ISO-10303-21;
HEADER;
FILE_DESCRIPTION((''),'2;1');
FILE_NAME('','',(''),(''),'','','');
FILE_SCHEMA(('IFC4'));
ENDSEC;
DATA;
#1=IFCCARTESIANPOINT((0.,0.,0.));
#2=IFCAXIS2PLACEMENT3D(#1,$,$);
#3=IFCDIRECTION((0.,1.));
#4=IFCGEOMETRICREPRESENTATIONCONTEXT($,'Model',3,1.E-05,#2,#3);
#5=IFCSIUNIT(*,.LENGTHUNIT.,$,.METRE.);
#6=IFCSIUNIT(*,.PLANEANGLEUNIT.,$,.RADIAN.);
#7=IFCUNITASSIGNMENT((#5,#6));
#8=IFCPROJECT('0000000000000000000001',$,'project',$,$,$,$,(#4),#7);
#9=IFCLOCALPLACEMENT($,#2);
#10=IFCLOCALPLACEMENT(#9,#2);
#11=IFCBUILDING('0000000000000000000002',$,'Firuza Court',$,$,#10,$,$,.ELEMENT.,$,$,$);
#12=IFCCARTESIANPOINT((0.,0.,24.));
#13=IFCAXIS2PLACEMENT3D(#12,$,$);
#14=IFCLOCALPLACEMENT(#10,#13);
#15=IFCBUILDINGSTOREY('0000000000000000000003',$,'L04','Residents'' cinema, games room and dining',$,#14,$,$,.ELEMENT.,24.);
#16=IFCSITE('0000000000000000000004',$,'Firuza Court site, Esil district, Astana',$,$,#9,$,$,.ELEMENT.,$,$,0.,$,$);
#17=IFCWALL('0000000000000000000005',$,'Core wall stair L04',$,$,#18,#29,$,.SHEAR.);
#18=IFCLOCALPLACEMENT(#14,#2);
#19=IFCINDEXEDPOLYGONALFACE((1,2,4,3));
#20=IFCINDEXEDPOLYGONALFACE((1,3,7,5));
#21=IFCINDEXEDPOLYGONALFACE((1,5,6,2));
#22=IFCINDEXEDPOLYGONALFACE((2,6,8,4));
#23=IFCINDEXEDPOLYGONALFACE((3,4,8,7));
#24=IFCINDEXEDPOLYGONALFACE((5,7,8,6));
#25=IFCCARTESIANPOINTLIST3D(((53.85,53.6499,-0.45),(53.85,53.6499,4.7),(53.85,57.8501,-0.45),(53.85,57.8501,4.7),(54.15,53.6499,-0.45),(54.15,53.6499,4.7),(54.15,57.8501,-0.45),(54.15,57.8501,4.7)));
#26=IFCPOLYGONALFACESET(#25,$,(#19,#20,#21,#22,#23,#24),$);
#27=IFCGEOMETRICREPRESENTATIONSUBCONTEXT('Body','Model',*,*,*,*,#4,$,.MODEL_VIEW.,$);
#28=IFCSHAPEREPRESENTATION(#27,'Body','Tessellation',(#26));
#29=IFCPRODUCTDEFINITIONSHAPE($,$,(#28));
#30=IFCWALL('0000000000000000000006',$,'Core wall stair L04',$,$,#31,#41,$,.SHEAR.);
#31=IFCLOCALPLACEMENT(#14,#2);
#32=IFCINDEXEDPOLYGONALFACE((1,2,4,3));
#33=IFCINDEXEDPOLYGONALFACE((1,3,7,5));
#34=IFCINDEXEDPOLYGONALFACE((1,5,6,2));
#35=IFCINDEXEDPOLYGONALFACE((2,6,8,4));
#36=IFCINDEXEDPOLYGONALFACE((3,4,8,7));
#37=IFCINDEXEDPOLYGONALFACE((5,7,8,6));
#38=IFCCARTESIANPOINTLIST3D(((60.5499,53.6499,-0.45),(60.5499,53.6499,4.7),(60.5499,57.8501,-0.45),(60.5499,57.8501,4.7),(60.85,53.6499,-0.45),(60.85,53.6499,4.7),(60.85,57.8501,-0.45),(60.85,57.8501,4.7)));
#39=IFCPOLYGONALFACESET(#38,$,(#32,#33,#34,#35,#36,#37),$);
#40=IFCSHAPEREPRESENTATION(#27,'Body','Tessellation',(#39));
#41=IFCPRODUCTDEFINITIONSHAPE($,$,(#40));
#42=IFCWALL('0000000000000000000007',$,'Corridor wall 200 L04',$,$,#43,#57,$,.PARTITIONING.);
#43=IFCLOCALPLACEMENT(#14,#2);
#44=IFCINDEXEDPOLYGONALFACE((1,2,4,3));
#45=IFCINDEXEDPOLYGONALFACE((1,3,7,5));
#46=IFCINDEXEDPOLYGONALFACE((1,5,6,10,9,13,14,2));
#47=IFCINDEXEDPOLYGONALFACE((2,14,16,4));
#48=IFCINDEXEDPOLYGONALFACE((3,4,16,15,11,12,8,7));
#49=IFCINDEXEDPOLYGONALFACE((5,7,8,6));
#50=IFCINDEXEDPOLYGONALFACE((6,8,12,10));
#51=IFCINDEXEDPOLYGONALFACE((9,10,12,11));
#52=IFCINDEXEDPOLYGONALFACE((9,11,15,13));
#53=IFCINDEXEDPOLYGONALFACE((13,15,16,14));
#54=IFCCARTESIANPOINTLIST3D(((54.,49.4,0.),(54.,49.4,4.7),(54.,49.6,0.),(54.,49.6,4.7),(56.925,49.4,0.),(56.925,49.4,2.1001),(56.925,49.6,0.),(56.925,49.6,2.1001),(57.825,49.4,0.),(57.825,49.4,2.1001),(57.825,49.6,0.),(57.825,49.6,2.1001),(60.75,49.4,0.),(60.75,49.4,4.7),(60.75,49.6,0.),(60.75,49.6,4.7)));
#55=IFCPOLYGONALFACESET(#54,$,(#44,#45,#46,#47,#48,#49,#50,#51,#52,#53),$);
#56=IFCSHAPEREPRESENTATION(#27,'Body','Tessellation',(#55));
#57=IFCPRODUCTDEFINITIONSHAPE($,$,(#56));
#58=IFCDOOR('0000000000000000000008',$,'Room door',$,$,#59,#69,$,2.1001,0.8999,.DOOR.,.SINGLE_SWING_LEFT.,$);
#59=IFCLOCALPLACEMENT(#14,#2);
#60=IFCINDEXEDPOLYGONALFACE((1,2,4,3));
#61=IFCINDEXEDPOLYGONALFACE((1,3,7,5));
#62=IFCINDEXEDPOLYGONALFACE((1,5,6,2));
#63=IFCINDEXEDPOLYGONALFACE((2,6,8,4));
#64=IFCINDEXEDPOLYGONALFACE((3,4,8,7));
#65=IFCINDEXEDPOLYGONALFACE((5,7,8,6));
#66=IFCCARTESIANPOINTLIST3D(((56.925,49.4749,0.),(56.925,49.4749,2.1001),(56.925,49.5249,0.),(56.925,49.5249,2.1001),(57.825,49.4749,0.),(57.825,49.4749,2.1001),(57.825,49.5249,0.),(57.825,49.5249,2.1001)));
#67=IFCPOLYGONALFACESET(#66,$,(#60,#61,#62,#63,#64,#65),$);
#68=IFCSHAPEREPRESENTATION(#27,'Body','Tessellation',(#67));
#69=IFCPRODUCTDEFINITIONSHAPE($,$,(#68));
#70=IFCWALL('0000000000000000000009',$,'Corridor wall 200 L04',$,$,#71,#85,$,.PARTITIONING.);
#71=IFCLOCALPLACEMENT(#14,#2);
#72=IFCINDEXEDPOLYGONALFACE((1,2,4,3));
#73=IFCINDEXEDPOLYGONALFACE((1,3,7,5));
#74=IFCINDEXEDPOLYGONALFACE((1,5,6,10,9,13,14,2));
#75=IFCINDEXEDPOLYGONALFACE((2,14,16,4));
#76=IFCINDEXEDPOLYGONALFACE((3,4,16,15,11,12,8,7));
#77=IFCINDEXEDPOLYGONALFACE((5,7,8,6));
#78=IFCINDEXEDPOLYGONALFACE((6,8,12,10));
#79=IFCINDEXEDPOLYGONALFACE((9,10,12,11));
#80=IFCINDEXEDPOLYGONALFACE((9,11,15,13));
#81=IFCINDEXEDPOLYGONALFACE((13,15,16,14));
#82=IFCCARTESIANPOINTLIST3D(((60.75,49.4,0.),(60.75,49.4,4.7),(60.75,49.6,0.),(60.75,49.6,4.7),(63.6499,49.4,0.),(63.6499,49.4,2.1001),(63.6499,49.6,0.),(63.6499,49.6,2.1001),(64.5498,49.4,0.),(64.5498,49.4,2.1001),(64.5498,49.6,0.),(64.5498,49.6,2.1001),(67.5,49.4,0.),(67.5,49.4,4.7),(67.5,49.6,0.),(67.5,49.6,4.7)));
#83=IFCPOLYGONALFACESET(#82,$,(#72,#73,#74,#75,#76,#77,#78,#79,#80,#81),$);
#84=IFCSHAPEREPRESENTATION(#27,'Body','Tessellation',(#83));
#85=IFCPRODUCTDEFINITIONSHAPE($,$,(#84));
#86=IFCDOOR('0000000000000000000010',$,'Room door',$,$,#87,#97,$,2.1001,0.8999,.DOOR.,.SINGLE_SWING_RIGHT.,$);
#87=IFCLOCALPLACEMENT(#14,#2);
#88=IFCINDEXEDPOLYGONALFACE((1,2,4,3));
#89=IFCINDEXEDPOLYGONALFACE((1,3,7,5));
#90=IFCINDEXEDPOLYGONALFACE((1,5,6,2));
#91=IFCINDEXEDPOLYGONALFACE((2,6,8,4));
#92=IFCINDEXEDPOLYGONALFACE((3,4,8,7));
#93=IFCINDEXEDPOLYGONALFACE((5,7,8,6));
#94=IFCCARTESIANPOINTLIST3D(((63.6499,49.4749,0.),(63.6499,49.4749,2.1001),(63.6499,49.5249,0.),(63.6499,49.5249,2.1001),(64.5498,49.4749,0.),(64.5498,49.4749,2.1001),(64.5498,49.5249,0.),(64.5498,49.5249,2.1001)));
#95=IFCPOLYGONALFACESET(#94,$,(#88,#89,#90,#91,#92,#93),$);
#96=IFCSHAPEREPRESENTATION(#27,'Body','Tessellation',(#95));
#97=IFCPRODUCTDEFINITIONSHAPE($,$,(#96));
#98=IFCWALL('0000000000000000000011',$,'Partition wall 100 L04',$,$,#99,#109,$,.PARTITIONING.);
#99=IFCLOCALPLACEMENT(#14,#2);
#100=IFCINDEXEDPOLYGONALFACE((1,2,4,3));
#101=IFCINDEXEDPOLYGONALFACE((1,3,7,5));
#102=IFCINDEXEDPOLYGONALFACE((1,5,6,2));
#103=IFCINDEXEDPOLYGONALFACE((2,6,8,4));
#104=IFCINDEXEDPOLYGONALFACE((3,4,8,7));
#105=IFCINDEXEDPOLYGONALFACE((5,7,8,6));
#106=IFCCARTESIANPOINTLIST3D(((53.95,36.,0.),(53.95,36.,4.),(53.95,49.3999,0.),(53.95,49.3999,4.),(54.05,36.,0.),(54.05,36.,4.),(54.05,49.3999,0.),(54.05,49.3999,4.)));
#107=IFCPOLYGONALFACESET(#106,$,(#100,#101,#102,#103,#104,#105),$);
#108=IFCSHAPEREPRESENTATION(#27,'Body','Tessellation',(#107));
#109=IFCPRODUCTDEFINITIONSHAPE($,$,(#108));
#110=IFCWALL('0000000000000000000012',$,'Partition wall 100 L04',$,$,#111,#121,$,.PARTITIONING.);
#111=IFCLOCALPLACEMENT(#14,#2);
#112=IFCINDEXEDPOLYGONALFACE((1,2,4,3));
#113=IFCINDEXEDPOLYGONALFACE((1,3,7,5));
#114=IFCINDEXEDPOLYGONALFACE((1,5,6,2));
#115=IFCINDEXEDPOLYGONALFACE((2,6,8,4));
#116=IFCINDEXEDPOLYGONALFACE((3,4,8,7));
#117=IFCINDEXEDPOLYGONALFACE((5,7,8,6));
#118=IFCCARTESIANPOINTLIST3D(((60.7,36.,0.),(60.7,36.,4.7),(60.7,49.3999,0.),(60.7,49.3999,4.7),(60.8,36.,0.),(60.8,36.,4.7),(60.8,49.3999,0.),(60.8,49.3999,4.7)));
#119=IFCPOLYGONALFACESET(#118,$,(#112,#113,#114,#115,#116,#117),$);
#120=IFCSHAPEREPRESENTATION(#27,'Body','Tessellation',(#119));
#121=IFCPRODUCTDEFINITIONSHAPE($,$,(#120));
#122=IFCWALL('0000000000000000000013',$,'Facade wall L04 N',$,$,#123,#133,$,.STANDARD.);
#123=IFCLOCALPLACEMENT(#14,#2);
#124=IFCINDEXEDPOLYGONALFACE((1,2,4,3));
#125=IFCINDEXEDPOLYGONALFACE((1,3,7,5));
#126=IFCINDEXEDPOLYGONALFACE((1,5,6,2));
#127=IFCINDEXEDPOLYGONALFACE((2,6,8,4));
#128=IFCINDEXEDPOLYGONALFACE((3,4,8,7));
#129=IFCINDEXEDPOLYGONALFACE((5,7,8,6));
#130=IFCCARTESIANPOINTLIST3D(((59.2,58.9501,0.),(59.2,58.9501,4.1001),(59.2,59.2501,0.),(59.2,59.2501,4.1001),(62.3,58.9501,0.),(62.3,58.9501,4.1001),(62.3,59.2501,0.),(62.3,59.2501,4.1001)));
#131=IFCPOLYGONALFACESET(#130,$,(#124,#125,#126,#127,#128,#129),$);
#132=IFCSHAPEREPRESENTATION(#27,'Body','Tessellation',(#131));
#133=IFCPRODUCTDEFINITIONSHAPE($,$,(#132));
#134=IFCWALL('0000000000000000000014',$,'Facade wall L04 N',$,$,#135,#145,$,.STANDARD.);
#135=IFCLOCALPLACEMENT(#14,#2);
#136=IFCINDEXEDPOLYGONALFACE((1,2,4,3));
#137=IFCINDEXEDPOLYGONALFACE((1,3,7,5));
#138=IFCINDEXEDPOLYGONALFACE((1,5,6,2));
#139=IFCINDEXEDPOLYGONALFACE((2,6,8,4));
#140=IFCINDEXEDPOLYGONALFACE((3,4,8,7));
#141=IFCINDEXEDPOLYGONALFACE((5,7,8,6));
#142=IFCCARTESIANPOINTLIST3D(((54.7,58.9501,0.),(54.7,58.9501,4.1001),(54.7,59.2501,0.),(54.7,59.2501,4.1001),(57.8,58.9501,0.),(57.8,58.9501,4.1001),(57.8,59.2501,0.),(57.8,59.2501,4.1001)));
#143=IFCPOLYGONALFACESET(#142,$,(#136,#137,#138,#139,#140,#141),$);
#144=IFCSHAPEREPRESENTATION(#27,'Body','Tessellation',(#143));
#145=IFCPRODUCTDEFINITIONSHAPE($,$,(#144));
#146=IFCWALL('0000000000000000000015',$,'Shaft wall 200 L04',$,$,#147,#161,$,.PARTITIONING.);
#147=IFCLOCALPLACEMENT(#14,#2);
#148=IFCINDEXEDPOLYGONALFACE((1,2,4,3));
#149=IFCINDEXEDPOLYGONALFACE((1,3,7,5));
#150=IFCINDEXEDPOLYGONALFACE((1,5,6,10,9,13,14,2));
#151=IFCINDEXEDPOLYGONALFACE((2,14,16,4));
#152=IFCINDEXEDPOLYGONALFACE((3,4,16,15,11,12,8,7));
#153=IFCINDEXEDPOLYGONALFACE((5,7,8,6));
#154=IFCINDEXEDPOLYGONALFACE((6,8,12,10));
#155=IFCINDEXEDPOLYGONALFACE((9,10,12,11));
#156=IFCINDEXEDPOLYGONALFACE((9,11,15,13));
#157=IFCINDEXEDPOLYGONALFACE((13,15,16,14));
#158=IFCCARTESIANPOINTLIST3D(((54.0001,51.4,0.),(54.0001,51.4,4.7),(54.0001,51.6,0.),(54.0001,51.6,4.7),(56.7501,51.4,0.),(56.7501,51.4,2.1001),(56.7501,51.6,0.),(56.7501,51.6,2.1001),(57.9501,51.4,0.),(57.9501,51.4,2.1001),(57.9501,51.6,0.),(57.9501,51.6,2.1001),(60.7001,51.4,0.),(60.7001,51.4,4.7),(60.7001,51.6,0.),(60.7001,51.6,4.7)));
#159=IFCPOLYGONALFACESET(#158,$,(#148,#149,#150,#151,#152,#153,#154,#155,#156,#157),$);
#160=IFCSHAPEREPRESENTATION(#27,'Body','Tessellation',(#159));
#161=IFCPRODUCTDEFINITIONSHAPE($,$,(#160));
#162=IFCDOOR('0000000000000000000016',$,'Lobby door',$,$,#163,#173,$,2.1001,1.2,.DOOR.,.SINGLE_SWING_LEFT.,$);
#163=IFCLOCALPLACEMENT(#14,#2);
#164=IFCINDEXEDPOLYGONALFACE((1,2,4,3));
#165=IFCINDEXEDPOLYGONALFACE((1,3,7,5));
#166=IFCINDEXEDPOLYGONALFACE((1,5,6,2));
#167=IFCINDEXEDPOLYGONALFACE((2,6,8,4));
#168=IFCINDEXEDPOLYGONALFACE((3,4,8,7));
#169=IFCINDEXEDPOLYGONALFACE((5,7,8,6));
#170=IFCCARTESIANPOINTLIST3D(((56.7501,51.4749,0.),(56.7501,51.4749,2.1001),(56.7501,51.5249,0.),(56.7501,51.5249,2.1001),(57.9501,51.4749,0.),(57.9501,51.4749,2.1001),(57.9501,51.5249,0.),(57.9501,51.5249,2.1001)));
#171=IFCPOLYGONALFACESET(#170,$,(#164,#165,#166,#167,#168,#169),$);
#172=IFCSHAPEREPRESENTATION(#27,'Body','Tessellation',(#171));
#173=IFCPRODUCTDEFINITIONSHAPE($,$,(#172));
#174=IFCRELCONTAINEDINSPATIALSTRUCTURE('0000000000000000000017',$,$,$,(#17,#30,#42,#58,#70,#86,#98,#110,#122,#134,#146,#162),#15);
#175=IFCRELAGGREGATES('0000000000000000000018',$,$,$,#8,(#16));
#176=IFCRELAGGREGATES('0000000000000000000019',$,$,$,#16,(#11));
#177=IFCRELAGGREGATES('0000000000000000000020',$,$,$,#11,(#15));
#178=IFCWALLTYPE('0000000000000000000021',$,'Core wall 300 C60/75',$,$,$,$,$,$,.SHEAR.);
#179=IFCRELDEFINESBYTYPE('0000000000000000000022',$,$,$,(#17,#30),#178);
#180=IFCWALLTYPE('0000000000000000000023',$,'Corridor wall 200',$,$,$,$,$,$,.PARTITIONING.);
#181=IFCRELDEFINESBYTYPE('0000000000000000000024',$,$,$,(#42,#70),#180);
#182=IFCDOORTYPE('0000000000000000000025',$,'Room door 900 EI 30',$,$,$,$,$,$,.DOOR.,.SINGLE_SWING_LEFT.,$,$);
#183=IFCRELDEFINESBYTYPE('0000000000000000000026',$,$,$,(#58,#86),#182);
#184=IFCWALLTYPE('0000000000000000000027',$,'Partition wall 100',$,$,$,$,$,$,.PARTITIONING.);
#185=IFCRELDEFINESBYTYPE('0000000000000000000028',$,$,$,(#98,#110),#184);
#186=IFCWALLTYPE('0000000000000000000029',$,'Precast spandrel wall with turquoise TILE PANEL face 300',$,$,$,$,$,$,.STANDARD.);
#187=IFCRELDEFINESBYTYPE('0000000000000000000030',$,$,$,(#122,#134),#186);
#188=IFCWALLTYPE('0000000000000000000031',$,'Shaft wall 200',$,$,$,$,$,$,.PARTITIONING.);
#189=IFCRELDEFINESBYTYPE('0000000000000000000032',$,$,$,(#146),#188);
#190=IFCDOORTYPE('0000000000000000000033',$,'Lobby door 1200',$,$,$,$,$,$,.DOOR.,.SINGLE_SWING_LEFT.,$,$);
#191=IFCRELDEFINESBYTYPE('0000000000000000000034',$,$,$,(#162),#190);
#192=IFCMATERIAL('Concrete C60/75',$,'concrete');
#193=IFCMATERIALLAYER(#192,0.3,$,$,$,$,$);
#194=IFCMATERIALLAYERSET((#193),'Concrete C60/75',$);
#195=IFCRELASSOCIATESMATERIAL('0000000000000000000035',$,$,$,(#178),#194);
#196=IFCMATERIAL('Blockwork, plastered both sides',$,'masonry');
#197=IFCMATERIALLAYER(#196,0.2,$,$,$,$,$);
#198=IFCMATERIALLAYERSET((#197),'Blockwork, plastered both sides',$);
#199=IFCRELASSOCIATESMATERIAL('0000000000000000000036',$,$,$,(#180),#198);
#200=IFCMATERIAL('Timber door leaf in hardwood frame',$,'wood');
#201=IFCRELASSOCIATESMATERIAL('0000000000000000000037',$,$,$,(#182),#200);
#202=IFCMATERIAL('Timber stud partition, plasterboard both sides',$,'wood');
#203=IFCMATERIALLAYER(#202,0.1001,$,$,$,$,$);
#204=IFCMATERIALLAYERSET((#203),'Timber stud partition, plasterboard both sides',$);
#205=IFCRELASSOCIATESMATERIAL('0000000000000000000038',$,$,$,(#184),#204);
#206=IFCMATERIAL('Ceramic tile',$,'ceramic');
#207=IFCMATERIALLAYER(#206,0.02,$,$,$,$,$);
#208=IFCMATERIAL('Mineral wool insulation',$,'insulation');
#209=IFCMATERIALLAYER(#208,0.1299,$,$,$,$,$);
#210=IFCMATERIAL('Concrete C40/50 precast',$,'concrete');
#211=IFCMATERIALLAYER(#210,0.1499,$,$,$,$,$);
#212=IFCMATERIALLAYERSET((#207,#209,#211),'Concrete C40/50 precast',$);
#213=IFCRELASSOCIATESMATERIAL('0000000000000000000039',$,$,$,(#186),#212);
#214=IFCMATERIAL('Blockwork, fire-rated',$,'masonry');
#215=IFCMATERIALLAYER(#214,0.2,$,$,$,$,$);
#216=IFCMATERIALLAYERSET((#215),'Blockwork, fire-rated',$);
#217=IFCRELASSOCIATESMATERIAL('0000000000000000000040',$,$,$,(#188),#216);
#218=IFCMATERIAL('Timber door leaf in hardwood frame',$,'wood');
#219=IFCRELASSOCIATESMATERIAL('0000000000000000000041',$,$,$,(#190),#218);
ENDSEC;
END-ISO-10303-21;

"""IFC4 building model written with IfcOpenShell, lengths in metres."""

from ifc_helpers import new_model, si_unit, direction, frame, frame_2d, origin, place, context, subcontext, project, spatial, rectangle, extrude, material, layer, layer_set, type_object, element, fill, save


model = new_model("IFC4")

# Units and contexts
model_context = context("Model", 3, precision=1e-05, world=origin(), true_north=direction((0.0, 1.0)))
body_context = subcontext(model_context, "Body", "Model", "MODEL_VIEW")
ifc_project = project(units=[si_unit("LENGTHUNIT", "METRE"), si_unit("PLANEANGLEUNIT", "RADIAN")], contexts=[model_context])

# Site, building, storey
site_placement = place(None, origin())
site = spatial("IfcSite", under=ifc_project, at=site_placement, Name="Firuza Court site, Esil district, Astana", CompositionType="ELEMENT", RefElevation=0.0)
building_placement = place(site_placement, origin())
building = spatial("IfcBuilding", under=site, at=building_placement, Name="Firuza Court", CompositionType="ELEMENT")
storey_placement = place(building_placement, frame((0.0, 0.0, 24.0)))
storey = spatial("IfcBuildingStorey", under=building, at=storey_placement, Name="L04", Description="Residents' cinema, games room and dining", CompositionType="ELEMENT", Elevation=24.0)

# Walls
ifc_material_1 = material(Name="Concrete C60/75", Category="concrete")
ifc_layer_1 = layer(ifc_material_1, 0.3)
ifc_layer_set_1 = layer_set([ifc_layer_1], Name="Concrete C60/75")
wall_type_1 = type_object("IfcWallType", Name="Core wall 300 C60/75", PredefinedType="SHEAR", material=ifc_layer_set_1)
for number, where, z_axis, x_axis, name in (
    (1, (54.0, 53.6499, -0.45), (0.0, 0.0, 1.0), (0.0, 1.0, 0.0), "Core wall stair L04"),
    (2, (60.7, 53.6499, -0.45), (0.0, 0.0, 1.0), (0.0, 1.0, 0.0), "Core wall stair L04"),
):
    element("IfcWall", number, at=place(storey_placement, frame(where, z_axis=z_axis, x_axis=x_axis)), inside=storey, type_object=wall_type_1, Name=name, PredefinedType="SHEAR", context=body_context, shape_type="SweptSolid", body=[
        extrude(rectangle(XDim=4.2002, YDim=0.3, at=frame_2d((2.1001, 0.0))), origin(), (0.0, 0.0, 1.0), 5.1499),
    ])

# Walls, openings, doors
ifc_material_2 = material(Name="Blockwork, plastered both sides", Category="masonry")
ifc_layer_2 = layer(ifc_material_2, 0.2)
ifc_layer_set_2 = layer_set([ifc_layer_2], Name="Blockwork, plastered both sides")
wall_type_2 = type_object("IfcWallType", Name="Corridor wall 200", PredefinedType="PARTITIONING", material=ifc_layer_set_2)
wall_1_placement = place(storey_placement, frame((54.0, 49.5, 0.0), z_axis=(0.0, 0.0, 1.0), x_axis=(1.0, 0.0, 0.0)))
wall_1 = element("IfcWall", 3, at=wall_1_placement, inside=storey, type_object=wall_type_2, Name="Corridor wall 200 L04", PredefinedType="PARTITIONING", context=body_context, shape_type="SweptSolid", body=[
    extrude(rectangle(XDim=6.75, YDim=0.2, at=frame_2d((3.375, 0.0))), origin(), (0.0, 0.0, 1.0), 4.7),
])
opening_1_placement = place(wall_1_placement, frame((2.925, 0.0, 0.0)))
opening_1 = element("IfcOpeningElement", 4, at=opening_1_placement, cuts=wall_1, PredefinedType="OPENING", context=body_context, shape_type="SweptSolid", body=[
    extrude(rectangle(XDim=0.8999, YDim=2.1001, at=frame_2d((0.45, 1.05))), frame((0.0, 0.1118, 0.0), z_axis=(0.0, -1.0, 0.0), x_axis=(1.0, 0.0, 0.0)), (0.0, 0.0, 1.0), 0.2239),
])
ifc_material_3 = material(Name="Timber door leaf in hardwood frame", Category="wood")
door_type_1 = type_object("IfcDoorType", Name="Room door 900 EI 30", OperationType="SINGLE_SWING_LEFT", PredefinedType="DOOR", material=ifc_material_3)
door_1_placement = place(opening_1_placement, origin())
door_1 = element("IfcDoor", 5, at=door_1_placement, inside=storey, type_object=door_type_1, Name="Room door", OperationType="SINGLE_SWING_LEFT", OverallHeight=2.1001, OverallWidth=0.8999, PredefinedType="DOOR", context=body_context, shape_type="SweptSolid", body=[
    extrude(rectangle(XDim=0.8999, YDim=2.1001, at=frame_2d((0.45, 1.05))), frame((0.0, 0.0249, 0.0), z_axis=(0.0, -1.0, 0.0), x_axis=(1.0, 0.0, 0.0)), (0.0, 0.0, 1.0), 0.05),
])
fill(opening_1, door_1)
wall_2_placement = place(storey_placement, frame((60.75, 49.5, 0.0), z_axis=(0.0, 0.0, 1.0), x_axis=(1.0, 0.0, 0.0)))
wall_2 = element("IfcWall", 6, at=wall_2_placement, inside=storey, type_object=wall_type_2, Name="Corridor wall 200 L04", PredefinedType="PARTITIONING", context=body_context, shape_type="SweptSolid", body=[
    extrude(rectangle(XDim=6.75, YDim=0.2, at=frame_2d((3.375, 0.0))), origin(), (0.0, 0.0, 1.0), 4.7),
])
opening_2_placement = place(wall_2_placement, frame((2.8999, 0.0, 0.0)))
opening_2 = element("IfcOpeningElement", 7, at=opening_2_placement, cuts=wall_2, PredefinedType="OPENING", context=body_context, shape_type="SweptSolid", body=[
    extrude(rectangle(XDim=0.8999, YDim=2.1001, at=frame_2d((0.45, 1.05))), frame((0.0, 0.1118, 0.0), z_axis=(0.0, -1.0, 0.0), x_axis=(1.0, 0.0, 0.0)), (0.0, 0.0, 1.0), 0.2239),
])
door_2_placement = place(opening_2_placement, origin())
door_2 = element("IfcDoor", 8, at=door_2_placement, inside=storey, type_object=door_type_1, Name="Room door", OperationType="SINGLE_SWING_RIGHT", OverallHeight=2.1001, OverallWidth=0.8999, PredefinedType="DOOR", context=body_context, shape_type="SweptSolid", body=[
    extrude(rectangle(XDim=0.8999, YDim=2.1001, at=frame_2d((0.45, 1.05))), frame((0.0, 0.0249, 0.0), z_axis=(0.0, -1.0, 0.0), x_axis=(1.0, 0.0, 0.0)), (0.0, 0.0, 1.0), 0.05),
])
fill(opening_2, door_2)

# Walls
ifc_material_4 = material(Name="Timber stud partition, plasterboard both sides", Category="wood")
ifc_layer_3 = layer(ifc_material_4, 0.1001)
ifc_layer_set_3 = layer_set([ifc_layer_3], Name="Timber stud partition, plasterboard both sides")
wall_type_3 = type_object("IfcWallType", Name="Partition wall 100", PredefinedType="PARTITIONING", material=ifc_layer_set_3)
wall_3_placement = place(storey_placement, frame((54.0, 49.3999, 0.0), z_axis=(0.0, 0.0, 1.0), x_axis=(0.0, -1.0, 0.0)))
element("IfcWall", 9, at=wall_3_placement, inside=storey, type_object=wall_type_3, Name="Partition wall 100 L04", PredefinedType="PARTITIONING", context=body_context, shape_type="SweptSolid", body=[
    extrude(rectangle(XDim=13.3999, YDim=0.1001, at=frame_2d((6.7, 0.0))), origin(), (0.0, 0.0, 1.0), 4.0),
])
wall_4_placement = place(storey_placement, frame((60.75, 49.3999, 0.0), z_axis=(0.0, 0.0, 1.0), x_axis=(0.0, -1.0, 0.0)))
element("IfcWall", 10, at=wall_4_placement, inside=storey, type_object=wall_type_3, Name="Partition wall 100 L04", PredefinedType="PARTITIONING", context=body_context, shape_type="SweptSolid", body=[
    extrude(rectangle(XDim=13.3999, YDim=0.1001, at=frame_2d((6.7, 0.0))), origin(), (0.0, 0.0, 1.0), 4.7),
])
ifc_material_5 = material(Name="Ceramic tile", Category="ceramic")
ifc_layer_4 = layer(ifc_material_5, 0.02)
ifc_material_6 = material(Name="Mineral wool insulation", Category="insulation")
ifc_layer_5 = layer(ifc_material_6, 0.1299)
ifc_material_7 = material(Name="Concrete C40/50 precast", Category="concrete")
ifc_layer_6 = layer(ifc_material_7, 0.1499)
ifc_layer_set_4 = layer_set([ifc_layer_4, ifc_layer_5, ifc_layer_6], Name="Concrete C40/50 precast")
wall_type_4 = type_object("IfcWallType", Name="Precast spandrel wall with turquoise TILE PANEL face 300", PredefinedType="STANDARD", material=ifc_layer_set_4)
for number, where, z_axis, x_axis, name in (
    (11, (62.3, 59.1001, 0.0), (0.0, 0.0, 1.0), (-1.0, 0.0, 0.0), "Facade wall L04 N"),
    (12, (57.8, 59.1001, 0.0), (0.0, 0.0, 1.0), (-1.0, 0.0, 0.0), "Facade wall L04 N"),
):
    element("IfcWall", number, at=place(storey_placement, frame(where, z_axis=z_axis, x_axis=x_axis)), inside=storey, type_object=wall_type_4, Name=name, PredefinedType="STANDARD", context=body_context, shape_type="SweptSolid", body=[
        extrude(rectangle(XDim=3.1001, YDim=0.3, at=frame_2d((1.55, 0.0))), origin(), (0.0, 0.0, 1.0), 4.1001),
    ])

# Wall, opening, door
ifc_material_8 = material(Name="Blockwork, fire-rated", Category="masonry")
ifc_layer_7 = layer(ifc_material_8, 0.2)
ifc_layer_set_5 = layer_set([ifc_layer_7], Name="Blockwork, fire-rated")
wall_type_5 = type_object("IfcWallType", Name="Shaft wall 200", PredefinedType="PARTITIONING", material=ifc_layer_set_5)
wall_5_placement = place(storey_placement, frame((54.0, 51.5, 0.0), z_axis=(0.0, 0.0, 1.0), x_axis=(1.0, 0.0, 0.0)))
wall_5 = element("IfcWall", 13, at=wall_5_placement, inside=storey, type_object=wall_type_5, Name="Shaft wall 200 L04", PredefinedType="PARTITIONING", context=body_context, shape_type="SweptSolid", body=[
    extrude(rectangle(XDim=6.7, YDim=0.2, at=frame_2d((3.3501, 0.0))), origin(), (0.0, 0.0, 1.0), 4.7),
])
opening_3_placement = place(wall_5_placement, frame((2.75, 0.0, 0.0)))
opening_3 = element("IfcOpeningElement", 14, at=opening_3_placement, cuts=wall_5, PredefinedType="OPENING", context=body_context, shape_type="SweptSolid", body=[
    extrude(rectangle(XDim=1.2, YDim=2.1001, at=frame_2d((0.6001, 1.05))), frame((0.0, 0.1118, 0.0), z_axis=(0.0, -1.0, 0.0), x_axis=(1.0, 0.0, 0.0)), (0.0, 0.0, 1.0), 0.2239),
])
ifc_material_9 = material(Name="Timber door leaf in hardwood frame", Category="wood")
door_type_2 = type_object("IfcDoorType", Name="Lobby door 1200", OperationType="SINGLE_SWING_LEFT", PredefinedType="DOOR", material=ifc_material_9)
door_3_placement = place(opening_3_placement, origin())
door_3 = element("IfcDoor", 15, at=door_3_placement, inside=storey, type_object=door_type_2, Name="Lobby door", OperationType="SINGLE_SWING_LEFT", OverallHeight=2.1001, OverallWidth=1.2, PredefinedType="DOOR", context=body_context, shape_type="SweptSolid", body=[
    extrude(rectangle(XDim=1.2, YDim=2.1001, at=frame_2d((0.6001, 1.05))), frame((0.0, 0.0249, 0.0), z_axis=(0.0, -1.0, 0.0), x_axis=(1.0, 0.0, 0.0)), (0.0, 0.0, 1.0), 0.05),
])
fill(opening_3, door_3)

save(model, "model.ifc")
